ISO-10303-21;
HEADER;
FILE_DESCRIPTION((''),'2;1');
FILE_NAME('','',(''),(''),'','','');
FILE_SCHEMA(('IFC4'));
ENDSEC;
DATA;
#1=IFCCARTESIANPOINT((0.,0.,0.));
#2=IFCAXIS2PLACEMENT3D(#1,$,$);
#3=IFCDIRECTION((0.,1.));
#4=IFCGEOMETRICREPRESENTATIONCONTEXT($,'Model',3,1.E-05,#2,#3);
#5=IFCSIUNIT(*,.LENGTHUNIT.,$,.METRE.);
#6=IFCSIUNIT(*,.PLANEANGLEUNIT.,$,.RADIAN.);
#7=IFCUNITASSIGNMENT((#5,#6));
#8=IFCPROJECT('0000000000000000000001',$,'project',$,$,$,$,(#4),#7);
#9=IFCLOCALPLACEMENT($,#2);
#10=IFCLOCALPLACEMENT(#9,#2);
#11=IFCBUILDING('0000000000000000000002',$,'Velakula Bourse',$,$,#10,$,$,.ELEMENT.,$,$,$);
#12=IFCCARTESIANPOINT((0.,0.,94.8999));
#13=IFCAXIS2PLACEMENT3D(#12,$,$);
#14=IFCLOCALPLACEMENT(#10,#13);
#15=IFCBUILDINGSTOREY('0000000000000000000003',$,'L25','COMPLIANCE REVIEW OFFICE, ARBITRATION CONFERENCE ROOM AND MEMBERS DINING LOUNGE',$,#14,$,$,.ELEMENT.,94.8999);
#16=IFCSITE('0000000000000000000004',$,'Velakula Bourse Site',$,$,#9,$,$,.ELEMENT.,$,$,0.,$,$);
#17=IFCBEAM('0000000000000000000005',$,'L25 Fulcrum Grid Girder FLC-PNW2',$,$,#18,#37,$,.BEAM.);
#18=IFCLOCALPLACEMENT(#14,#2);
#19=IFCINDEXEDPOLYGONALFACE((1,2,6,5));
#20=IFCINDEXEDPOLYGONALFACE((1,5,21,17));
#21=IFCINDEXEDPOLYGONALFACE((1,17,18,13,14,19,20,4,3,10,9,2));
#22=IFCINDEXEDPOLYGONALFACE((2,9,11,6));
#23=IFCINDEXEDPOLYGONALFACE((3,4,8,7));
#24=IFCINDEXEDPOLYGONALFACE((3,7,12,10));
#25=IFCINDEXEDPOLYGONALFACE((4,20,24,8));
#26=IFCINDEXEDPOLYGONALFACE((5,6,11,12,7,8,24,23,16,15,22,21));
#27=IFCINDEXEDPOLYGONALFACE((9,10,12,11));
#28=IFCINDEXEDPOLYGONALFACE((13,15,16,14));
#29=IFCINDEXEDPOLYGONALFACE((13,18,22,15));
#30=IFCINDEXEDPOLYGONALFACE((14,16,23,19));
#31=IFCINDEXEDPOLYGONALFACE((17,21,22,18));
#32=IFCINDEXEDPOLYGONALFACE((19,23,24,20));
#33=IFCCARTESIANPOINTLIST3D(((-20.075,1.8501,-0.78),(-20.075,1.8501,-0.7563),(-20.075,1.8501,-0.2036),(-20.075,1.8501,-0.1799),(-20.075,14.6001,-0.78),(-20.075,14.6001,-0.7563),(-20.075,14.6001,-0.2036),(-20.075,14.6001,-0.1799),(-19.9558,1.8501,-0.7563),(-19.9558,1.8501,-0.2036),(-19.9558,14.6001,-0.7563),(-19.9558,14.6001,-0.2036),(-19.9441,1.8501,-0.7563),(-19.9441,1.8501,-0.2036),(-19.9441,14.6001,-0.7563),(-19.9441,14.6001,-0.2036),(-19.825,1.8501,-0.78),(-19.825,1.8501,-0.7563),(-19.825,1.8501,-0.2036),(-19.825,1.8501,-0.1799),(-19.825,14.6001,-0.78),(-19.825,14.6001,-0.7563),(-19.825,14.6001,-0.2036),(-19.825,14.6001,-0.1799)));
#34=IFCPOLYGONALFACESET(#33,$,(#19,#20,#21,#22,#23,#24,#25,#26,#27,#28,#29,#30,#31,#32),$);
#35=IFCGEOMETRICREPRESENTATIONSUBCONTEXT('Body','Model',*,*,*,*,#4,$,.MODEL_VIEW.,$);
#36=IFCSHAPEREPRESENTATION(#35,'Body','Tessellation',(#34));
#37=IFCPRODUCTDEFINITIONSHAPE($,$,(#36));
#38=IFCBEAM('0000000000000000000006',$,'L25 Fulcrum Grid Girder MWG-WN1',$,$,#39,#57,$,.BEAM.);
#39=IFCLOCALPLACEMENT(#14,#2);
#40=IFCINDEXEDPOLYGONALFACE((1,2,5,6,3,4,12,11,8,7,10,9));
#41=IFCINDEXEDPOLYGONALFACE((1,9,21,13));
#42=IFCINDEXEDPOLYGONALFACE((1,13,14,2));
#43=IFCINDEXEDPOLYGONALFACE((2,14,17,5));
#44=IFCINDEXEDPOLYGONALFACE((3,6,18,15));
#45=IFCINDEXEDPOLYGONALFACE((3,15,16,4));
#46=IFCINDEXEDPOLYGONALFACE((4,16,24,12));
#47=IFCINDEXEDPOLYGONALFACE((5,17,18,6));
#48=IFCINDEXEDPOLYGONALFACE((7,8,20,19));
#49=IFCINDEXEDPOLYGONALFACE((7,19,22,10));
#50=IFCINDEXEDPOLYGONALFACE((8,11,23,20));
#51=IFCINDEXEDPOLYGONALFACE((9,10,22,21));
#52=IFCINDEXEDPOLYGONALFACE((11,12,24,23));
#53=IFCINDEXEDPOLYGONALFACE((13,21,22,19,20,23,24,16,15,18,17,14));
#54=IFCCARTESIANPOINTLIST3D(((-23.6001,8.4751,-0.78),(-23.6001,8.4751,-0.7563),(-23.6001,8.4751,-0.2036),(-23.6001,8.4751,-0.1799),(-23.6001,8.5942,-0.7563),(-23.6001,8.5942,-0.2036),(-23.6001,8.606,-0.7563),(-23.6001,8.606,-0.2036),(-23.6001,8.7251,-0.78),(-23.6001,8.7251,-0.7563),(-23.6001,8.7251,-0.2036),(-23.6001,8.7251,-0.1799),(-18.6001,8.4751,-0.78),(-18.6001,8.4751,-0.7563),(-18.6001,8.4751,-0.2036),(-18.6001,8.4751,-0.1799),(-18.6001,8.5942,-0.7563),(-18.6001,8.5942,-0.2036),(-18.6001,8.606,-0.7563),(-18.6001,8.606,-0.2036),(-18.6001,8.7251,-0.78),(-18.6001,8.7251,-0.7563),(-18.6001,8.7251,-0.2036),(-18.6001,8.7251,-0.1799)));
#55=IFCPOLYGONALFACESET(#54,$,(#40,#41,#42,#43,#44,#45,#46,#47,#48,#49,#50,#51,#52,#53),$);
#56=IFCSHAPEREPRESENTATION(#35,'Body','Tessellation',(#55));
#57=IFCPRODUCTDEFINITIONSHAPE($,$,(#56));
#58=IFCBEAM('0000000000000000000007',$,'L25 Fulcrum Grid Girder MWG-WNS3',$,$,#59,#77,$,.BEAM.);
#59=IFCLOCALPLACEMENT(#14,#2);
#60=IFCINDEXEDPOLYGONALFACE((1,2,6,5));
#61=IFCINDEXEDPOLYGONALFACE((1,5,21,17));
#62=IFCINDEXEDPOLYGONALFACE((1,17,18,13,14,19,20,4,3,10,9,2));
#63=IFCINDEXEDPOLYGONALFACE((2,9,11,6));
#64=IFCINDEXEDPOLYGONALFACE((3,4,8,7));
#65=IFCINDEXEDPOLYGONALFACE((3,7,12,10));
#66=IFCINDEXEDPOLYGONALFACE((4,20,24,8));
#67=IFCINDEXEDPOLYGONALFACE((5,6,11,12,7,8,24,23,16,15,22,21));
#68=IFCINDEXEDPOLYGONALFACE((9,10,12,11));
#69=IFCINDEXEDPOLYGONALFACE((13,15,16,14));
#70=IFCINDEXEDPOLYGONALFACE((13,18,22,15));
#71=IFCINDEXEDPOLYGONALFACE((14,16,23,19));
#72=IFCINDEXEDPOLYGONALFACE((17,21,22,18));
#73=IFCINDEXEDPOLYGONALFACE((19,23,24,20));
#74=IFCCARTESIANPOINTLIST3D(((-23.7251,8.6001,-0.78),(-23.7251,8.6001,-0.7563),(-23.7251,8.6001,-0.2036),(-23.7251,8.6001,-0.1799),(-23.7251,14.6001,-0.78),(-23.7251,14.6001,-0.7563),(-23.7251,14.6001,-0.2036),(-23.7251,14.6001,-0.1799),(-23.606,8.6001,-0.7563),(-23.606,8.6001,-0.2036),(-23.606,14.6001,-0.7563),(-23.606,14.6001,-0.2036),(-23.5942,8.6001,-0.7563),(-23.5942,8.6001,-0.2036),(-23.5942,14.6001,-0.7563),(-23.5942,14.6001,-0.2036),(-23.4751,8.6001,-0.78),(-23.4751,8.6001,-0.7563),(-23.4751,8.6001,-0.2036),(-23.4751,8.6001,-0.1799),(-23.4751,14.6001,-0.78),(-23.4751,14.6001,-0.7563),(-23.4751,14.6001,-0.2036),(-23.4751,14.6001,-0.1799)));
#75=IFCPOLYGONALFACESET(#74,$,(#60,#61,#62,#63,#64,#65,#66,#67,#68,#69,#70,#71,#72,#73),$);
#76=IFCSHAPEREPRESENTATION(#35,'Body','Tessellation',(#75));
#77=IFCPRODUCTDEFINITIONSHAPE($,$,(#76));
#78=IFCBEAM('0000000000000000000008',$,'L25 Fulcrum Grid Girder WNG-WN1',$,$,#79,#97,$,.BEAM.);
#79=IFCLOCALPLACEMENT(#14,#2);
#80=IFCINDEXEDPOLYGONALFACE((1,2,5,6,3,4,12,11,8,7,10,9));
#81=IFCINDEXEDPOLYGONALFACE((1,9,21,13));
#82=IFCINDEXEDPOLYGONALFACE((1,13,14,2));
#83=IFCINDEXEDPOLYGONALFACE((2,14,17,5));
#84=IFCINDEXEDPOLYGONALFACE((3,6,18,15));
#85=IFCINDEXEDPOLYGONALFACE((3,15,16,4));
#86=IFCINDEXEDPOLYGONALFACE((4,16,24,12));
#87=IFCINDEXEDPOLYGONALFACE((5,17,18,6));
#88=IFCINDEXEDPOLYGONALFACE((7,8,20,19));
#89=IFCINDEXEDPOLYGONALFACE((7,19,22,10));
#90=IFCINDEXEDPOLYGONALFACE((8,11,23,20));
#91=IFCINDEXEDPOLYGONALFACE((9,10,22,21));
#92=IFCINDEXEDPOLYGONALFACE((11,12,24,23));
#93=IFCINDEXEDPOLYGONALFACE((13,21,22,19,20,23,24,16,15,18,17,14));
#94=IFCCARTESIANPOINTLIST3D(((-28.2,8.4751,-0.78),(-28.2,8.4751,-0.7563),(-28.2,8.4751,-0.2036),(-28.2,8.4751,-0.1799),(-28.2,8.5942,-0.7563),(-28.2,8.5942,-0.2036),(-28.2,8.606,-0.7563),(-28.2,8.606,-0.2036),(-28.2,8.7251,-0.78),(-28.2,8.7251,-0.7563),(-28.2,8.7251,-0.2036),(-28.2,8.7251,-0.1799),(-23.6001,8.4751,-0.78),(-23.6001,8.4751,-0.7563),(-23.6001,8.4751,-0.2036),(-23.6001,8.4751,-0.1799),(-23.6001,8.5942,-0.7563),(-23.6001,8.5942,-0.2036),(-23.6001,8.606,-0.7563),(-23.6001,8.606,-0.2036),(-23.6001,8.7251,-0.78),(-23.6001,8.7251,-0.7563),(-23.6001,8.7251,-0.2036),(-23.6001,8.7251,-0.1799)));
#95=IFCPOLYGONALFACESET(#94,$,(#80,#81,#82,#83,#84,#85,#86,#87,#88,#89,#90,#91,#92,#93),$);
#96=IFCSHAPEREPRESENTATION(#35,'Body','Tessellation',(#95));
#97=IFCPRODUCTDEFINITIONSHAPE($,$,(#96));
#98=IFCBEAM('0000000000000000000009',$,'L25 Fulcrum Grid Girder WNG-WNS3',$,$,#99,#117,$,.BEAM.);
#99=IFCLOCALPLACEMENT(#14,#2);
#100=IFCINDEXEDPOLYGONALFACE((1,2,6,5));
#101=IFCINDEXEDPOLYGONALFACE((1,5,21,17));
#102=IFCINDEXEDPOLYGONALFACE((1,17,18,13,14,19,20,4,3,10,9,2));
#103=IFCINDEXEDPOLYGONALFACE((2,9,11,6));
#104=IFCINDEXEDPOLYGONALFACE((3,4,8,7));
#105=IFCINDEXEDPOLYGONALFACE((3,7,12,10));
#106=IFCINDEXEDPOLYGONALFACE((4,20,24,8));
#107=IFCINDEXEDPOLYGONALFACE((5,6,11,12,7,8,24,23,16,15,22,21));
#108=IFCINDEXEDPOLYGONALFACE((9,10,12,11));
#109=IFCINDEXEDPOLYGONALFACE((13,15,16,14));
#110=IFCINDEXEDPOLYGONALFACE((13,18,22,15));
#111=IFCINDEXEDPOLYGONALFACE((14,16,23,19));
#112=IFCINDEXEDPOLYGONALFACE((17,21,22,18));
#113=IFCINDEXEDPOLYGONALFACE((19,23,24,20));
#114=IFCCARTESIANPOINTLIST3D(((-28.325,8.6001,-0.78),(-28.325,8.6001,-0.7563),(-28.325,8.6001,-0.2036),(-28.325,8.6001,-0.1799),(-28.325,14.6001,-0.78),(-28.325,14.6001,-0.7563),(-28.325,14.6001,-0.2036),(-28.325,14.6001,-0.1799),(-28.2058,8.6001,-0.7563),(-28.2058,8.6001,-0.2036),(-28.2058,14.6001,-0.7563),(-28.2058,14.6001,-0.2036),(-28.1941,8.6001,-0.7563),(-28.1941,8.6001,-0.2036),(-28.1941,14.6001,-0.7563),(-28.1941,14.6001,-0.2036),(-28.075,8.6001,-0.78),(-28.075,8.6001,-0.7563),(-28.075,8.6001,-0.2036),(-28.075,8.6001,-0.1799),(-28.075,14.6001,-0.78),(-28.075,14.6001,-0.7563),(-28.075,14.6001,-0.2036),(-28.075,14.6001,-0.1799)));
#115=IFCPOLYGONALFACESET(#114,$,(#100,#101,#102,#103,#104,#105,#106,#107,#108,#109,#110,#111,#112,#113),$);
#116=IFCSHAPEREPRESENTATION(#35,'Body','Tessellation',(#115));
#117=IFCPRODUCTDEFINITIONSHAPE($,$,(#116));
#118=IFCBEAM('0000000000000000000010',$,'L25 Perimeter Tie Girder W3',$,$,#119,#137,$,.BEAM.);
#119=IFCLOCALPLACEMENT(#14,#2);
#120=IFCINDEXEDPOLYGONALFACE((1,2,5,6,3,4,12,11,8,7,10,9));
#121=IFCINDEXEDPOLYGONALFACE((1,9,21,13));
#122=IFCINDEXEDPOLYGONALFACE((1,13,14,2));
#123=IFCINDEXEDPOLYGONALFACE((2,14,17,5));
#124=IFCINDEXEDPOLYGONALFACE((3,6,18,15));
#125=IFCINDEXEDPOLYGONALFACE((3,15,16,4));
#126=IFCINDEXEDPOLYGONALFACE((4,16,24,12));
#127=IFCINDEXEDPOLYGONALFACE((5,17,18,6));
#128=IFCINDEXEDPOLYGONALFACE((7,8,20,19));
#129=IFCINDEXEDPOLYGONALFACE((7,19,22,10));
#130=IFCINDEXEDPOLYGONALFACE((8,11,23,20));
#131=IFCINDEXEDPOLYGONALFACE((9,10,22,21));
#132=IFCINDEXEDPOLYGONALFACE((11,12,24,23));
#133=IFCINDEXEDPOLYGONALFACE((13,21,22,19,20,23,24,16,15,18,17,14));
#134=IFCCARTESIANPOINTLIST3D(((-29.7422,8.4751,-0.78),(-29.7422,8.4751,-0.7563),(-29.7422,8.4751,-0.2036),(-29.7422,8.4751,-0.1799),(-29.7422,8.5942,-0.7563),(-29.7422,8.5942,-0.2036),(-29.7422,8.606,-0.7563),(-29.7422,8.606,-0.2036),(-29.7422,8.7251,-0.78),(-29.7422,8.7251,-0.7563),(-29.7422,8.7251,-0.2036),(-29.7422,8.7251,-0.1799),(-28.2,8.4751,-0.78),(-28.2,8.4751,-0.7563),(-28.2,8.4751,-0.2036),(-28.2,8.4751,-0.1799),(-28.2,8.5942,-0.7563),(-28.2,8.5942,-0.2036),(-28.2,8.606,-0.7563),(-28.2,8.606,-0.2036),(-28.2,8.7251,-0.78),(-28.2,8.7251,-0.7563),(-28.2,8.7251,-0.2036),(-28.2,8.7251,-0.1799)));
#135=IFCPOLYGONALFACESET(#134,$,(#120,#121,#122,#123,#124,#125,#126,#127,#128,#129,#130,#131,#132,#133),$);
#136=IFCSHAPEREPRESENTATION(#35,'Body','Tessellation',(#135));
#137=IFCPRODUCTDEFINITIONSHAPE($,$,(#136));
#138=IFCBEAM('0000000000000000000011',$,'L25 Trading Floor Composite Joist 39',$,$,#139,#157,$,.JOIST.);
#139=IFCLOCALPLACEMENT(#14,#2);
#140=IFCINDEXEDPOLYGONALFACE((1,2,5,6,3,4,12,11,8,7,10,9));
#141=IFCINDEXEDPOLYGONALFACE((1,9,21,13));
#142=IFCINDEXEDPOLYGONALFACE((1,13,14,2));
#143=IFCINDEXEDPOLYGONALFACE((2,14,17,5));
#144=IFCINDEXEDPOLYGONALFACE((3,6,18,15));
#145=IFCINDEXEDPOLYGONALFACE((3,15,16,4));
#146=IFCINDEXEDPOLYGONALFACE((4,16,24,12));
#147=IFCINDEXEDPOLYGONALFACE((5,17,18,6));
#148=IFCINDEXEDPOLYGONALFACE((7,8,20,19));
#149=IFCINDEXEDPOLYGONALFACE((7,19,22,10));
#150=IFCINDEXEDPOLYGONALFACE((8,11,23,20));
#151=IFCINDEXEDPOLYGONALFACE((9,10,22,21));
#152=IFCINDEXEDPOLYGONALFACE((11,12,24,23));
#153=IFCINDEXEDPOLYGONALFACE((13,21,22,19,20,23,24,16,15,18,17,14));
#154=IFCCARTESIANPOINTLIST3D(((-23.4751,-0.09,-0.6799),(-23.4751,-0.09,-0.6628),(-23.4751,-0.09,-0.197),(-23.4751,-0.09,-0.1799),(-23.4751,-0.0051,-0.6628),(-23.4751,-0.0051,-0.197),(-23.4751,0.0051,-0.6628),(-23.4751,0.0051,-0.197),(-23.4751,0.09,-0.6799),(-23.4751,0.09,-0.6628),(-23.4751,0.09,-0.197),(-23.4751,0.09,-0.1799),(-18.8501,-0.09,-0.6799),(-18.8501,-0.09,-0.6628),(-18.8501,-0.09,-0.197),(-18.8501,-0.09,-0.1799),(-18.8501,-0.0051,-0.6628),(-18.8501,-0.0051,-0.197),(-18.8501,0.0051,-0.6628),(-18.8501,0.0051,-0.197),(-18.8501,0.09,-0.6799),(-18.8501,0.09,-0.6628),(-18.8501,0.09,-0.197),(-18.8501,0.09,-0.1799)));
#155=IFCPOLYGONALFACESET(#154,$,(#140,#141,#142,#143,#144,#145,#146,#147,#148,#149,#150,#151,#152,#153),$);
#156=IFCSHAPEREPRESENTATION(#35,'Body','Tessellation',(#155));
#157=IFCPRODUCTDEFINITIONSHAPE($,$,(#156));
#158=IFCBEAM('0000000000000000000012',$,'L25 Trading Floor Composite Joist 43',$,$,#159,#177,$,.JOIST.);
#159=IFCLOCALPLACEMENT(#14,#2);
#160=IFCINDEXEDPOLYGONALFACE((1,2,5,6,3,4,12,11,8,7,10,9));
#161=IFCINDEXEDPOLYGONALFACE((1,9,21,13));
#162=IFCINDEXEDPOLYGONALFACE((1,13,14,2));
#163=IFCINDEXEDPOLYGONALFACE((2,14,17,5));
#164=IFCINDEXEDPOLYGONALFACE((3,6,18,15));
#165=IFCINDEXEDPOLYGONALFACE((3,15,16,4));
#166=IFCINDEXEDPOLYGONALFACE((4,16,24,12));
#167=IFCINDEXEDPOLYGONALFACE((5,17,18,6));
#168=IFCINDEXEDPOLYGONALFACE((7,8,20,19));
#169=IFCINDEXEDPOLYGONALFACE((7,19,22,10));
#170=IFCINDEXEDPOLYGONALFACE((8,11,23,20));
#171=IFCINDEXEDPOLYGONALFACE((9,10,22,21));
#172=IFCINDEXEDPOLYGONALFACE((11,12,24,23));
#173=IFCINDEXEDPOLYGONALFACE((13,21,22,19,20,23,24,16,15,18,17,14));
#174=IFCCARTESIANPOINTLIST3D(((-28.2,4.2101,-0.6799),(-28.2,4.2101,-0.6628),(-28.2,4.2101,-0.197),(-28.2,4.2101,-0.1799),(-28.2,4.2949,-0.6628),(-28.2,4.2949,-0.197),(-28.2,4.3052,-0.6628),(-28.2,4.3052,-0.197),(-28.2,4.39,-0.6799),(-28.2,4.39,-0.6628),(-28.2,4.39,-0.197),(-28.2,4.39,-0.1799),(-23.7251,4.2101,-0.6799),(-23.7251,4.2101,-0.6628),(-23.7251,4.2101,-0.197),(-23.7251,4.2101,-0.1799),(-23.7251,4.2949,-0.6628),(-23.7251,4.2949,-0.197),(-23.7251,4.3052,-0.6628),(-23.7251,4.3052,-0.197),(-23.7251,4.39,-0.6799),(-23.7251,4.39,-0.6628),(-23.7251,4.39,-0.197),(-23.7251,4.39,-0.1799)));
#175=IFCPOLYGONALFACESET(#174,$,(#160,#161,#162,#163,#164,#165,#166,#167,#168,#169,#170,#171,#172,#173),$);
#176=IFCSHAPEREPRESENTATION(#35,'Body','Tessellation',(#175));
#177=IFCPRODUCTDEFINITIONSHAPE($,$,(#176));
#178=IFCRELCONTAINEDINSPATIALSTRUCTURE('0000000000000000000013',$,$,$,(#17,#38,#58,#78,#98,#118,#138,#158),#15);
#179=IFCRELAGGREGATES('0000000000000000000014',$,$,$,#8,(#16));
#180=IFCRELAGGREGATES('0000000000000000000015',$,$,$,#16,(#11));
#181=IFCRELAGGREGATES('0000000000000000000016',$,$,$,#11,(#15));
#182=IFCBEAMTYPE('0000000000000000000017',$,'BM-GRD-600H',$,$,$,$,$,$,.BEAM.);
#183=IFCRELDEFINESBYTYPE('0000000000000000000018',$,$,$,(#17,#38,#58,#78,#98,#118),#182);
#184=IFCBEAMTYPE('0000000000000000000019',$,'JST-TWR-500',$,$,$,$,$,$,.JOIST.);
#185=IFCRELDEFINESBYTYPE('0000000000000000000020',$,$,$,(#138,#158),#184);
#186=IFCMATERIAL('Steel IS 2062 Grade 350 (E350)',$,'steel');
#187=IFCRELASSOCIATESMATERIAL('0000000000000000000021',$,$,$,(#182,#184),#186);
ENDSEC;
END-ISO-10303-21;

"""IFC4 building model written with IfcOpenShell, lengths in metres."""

from ifc_helpers import new_model, si_unit, direction, frame, origin, origin_2d, place, context, subcontext, project, spatial, i_section, extrude, material, material_profile, profile_set, type_object, element, save


model = new_model("IFC4")

# Units and contexts
model_context = context("Model", 3, precision=1e-05, world=origin(), true_north=direction((0.0, 1.0)))
body_context = subcontext(model_context, "Body", "Model", "MODEL_VIEW")
ifc_project = project(units=[si_unit("LENGTHUNIT", "METRE"), si_unit("PLANEANGLEUNIT", "RADIAN")], contexts=[model_context])

# Site, building, storey
site_placement = place(None, origin())
site = spatial("IfcSite", under=ifc_project, at=site_placement, Name="Velakula Bourse Site", CompositionType="ELEMENT", RefElevation=0.0)
building_placement = place(site_placement, origin())
building = spatial("IfcBuilding", under=site, at=building_placement, Name="Velakula Bourse", CompositionType="ELEMENT")
storey_placement = place(building_placement, frame((0.0, 0.0, 94.8999)))
storey = spatial("IfcBuildingStorey", under=building, at=storey_placement, Name="L25", Description="COMPLIANCE REVIEW OFFICE, ARBITRATION CONFERENCE ROOM AND MEMBERS DINING LOUNGE", CompositionType="ELEMENT", Elevation=94.8999)

# Beams
ifc_material_1 = material(Name="Steel IS 2062 Grade 350 (E350)", Category="steel")
ifc_material_profile_1 = material_profile(ifc_material_1, i_section(OverallWidth=0.25, OverallDepth=0.6001, WebThickness=0.0117, FlangeThickness=0.0237, at=origin_2d()), Name="Steel IS 2062 Grade 350 (E350)")
ifc_profile_set_1 = profile_set([ifc_material_profile_1], Name="Steel IS 2062 Grade 350 (E350)")
beam_type_1 = type_object("IfcBeamType", Name="BM-GRD-600H", PredefinedType="BEAM", material=ifc_profile_set_1)
for number, where, z_axis, x_axis, name in (
    (1, (-19.95, 1.8501, -0.48), (0.0, 1.0, 0.0), (-1.0, 0.0, 0.0), "L25 Fulcrum Grid Girder FLC-PNW2"),
):
    element("IfcBeam", number, at=place(storey_placement, frame(where, z_axis=z_axis, x_axis=x_axis)), inside=storey, type_object=beam_type_1, Name=name, PredefinedType="BEAM", context=body_context, shape_type="SweptSolid", body=[
        extrude(i_section(OverallWidth=0.25, OverallDepth=0.6001, WebThickness=0.0117, FlangeThickness=0.0237, at=origin_2d()), origin(), (0.0, 0.0, 1.0), 12.75),
    ])
beam_1_placement = place(storey_placement, frame((-23.6001, 8.6001, -0.48), z_axis=(1.0, 0.0, 0.0), x_axis=(0.0, 1.0, 0.0)))
element("IfcBeam", 2, at=beam_1_placement, inside=storey, type_object=beam_type_1, Name="L25 Fulcrum Grid Girder MWG-WN1", PredefinedType="BEAM", context=body_context, shape_type="SweptSolid", body=[
    extrude(i_section(OverallWidth=0.25, OverallDepth=0.6001, WebThickness=0.0117, FlangeThickness=0.0237, at=origin_2d()), origin(), (0.0, 0.0, 1.0), 5.0),
])
beam_2_placement = place(storey_placement, frame((-23.6001, 8.6001, -0.48), z_axis=(0.0, 1.0, 0.0), x_axis=(-1.0, 0.0, 0.0)))
element("IfcBeam", 3, at=beam_2_placement, inside=storey, type_object=beam_type_1, Name="L25 Fulcrum Grid Girder MWG-WNS3", PredefinedType="BEAM", context=body_context, shape_type="SweptSolid", body=[
    extrude(i_section(OverallWidth=0.25, OverallDepth=0.6001, WebThickness=0.0117, FlangeThickness=0.0237, at=origin_2d()), origin(), (0.0, 0.0, 1.0), 6.0),
])
beam_3_placement = place(storey_placement, frame((-28.2, 8.6001, -0.48), z_axis=(1.0, 0.0, 0.0), x_axis=(0.0, 1.0, 0.0)))
element("IfcBeam", 4, at=beam_3_placement, inside=storey, type_object=beam_type_1, Name="L25 Fulcrum Grid Girder WNG-WN1", PredefinedType="BEAM", context=body_context, shape_type="SweptSolid", body=[
    extrude(i_section(OverallWidth=0.25, OverallDepth=0.6001, WebThickness=0.0117, FlangeThickness=0.0237, at=origin_2d()), origin(), (0.0, 0.0, 1.0), 4.5999),
])
beam_4_placement = place(storey_placement, frame((-28.2, 8.6001, -0.48), z_axis=(0.0, 1.0, 0.0), x_axis=(-1.0, 0.0, 0.0)))
element("IfcBeam", 5, at=beam_4_placement, inside=storey, type_object=beam_type_1, Name="L25 Fulcrum Grid Girder WNG-WNS3", PredefinedType="BEAM", context=body_context, shape_type="SweptSolid", body=[
    extrude(i_section(OverallWidth=0.25, OverallDepth=0.6001, WebThickness=0.0117, FlangeThickness=0.0237, at=origin_2d()), origin(), (0.0, 0.0, 1.0), 6.0),
])
beam_5_placement = place(storey_placement, frame((-28.2, 8.6001, -0.48), z_axis=(-1.0, 0.0, 0.0), x_axis=(0.0, -1.0, 0.0)))
element("IfcBeam", 6, at=beam_5_placement, inside=storey, type_object=beam_type_1, Name="L25 Perimeter Tie Girder W3", PredefinedType="BEAM", context=body_context, shape_type="SweptSolid", body=[
    extrude(i_section(OverallWidth=0.25, OverallDepth=0.6001, WebThickness=0.0117, FlangeThickness=0.0237, at=origin_2d()), origin(), (0.0, 0.0, 1.0), 1.5422),
])
ifc_material_profile_2 = material_profile(ifc_material_1, i_section(OverallWidth=0.1799, OverallDepth=0.5, WebThickness=0.0103, FlangeThickness=0.0171, at=origin_2d()), Name="Steel IS 2062 Grade 350 (E350)")
ifc_profile_set_2 = profile_set([ifc_material_profile_2], Name="Steel IS 2062 Grade 350 (E350)")
beam_type_2 = type_object("IfcBeamType", Name="JST-TWR-500", PredefinedType="JOIST", material=ifc_profile_set_2)
beam_6_placement = place(storey_placement, frame((-23.4751, 0.0, -0.4299), z_axis=(1.0, 0.0, 0.0), x_axis=(0.0, 1.0, 0.0)))
element("IfcBeam", 7, at=beam_6_placement, inside=storey, type_object=beam_type_2, Name="L25 Trading Floor Composite Joist 39", PredefinedType="JOIST", context=body_context, shape_type="SweptSolid", body=[
    extrude(i_section(OverallWidth=0.1799, OverallDepth=0.5, WebThickness=0.0103, FlangeThickness=0.0171, at=origin_2d()), origin(), (0.0, 0.0, 1.0), 4.625),
])
beam_7_placement = place(storey_placement, frame((-28.2, 4.3, -0.4299), z_axis=(1.0, 0.0, 0.0), x_axis=(0.0, 1.0, 0.0)))
element("IfcBeam", 8, at=beam_7_placement, inside=storey, type_object=beam_type_2, Name="L25 Trading Floor Composite Joist 43", PredefinedType="JOIST", context=body_context, shape_type="SweptSolid", body=[
    extrude(i_section(OverallWidth=0.1799, OverallDepth=0.5, WebThickness=0.0103, FlangeThickness=0.0171, at=origin_2d()), origin(), (0.0, 0.0, 1.0), 4.4749),
])

save(model, "model.ifc")
